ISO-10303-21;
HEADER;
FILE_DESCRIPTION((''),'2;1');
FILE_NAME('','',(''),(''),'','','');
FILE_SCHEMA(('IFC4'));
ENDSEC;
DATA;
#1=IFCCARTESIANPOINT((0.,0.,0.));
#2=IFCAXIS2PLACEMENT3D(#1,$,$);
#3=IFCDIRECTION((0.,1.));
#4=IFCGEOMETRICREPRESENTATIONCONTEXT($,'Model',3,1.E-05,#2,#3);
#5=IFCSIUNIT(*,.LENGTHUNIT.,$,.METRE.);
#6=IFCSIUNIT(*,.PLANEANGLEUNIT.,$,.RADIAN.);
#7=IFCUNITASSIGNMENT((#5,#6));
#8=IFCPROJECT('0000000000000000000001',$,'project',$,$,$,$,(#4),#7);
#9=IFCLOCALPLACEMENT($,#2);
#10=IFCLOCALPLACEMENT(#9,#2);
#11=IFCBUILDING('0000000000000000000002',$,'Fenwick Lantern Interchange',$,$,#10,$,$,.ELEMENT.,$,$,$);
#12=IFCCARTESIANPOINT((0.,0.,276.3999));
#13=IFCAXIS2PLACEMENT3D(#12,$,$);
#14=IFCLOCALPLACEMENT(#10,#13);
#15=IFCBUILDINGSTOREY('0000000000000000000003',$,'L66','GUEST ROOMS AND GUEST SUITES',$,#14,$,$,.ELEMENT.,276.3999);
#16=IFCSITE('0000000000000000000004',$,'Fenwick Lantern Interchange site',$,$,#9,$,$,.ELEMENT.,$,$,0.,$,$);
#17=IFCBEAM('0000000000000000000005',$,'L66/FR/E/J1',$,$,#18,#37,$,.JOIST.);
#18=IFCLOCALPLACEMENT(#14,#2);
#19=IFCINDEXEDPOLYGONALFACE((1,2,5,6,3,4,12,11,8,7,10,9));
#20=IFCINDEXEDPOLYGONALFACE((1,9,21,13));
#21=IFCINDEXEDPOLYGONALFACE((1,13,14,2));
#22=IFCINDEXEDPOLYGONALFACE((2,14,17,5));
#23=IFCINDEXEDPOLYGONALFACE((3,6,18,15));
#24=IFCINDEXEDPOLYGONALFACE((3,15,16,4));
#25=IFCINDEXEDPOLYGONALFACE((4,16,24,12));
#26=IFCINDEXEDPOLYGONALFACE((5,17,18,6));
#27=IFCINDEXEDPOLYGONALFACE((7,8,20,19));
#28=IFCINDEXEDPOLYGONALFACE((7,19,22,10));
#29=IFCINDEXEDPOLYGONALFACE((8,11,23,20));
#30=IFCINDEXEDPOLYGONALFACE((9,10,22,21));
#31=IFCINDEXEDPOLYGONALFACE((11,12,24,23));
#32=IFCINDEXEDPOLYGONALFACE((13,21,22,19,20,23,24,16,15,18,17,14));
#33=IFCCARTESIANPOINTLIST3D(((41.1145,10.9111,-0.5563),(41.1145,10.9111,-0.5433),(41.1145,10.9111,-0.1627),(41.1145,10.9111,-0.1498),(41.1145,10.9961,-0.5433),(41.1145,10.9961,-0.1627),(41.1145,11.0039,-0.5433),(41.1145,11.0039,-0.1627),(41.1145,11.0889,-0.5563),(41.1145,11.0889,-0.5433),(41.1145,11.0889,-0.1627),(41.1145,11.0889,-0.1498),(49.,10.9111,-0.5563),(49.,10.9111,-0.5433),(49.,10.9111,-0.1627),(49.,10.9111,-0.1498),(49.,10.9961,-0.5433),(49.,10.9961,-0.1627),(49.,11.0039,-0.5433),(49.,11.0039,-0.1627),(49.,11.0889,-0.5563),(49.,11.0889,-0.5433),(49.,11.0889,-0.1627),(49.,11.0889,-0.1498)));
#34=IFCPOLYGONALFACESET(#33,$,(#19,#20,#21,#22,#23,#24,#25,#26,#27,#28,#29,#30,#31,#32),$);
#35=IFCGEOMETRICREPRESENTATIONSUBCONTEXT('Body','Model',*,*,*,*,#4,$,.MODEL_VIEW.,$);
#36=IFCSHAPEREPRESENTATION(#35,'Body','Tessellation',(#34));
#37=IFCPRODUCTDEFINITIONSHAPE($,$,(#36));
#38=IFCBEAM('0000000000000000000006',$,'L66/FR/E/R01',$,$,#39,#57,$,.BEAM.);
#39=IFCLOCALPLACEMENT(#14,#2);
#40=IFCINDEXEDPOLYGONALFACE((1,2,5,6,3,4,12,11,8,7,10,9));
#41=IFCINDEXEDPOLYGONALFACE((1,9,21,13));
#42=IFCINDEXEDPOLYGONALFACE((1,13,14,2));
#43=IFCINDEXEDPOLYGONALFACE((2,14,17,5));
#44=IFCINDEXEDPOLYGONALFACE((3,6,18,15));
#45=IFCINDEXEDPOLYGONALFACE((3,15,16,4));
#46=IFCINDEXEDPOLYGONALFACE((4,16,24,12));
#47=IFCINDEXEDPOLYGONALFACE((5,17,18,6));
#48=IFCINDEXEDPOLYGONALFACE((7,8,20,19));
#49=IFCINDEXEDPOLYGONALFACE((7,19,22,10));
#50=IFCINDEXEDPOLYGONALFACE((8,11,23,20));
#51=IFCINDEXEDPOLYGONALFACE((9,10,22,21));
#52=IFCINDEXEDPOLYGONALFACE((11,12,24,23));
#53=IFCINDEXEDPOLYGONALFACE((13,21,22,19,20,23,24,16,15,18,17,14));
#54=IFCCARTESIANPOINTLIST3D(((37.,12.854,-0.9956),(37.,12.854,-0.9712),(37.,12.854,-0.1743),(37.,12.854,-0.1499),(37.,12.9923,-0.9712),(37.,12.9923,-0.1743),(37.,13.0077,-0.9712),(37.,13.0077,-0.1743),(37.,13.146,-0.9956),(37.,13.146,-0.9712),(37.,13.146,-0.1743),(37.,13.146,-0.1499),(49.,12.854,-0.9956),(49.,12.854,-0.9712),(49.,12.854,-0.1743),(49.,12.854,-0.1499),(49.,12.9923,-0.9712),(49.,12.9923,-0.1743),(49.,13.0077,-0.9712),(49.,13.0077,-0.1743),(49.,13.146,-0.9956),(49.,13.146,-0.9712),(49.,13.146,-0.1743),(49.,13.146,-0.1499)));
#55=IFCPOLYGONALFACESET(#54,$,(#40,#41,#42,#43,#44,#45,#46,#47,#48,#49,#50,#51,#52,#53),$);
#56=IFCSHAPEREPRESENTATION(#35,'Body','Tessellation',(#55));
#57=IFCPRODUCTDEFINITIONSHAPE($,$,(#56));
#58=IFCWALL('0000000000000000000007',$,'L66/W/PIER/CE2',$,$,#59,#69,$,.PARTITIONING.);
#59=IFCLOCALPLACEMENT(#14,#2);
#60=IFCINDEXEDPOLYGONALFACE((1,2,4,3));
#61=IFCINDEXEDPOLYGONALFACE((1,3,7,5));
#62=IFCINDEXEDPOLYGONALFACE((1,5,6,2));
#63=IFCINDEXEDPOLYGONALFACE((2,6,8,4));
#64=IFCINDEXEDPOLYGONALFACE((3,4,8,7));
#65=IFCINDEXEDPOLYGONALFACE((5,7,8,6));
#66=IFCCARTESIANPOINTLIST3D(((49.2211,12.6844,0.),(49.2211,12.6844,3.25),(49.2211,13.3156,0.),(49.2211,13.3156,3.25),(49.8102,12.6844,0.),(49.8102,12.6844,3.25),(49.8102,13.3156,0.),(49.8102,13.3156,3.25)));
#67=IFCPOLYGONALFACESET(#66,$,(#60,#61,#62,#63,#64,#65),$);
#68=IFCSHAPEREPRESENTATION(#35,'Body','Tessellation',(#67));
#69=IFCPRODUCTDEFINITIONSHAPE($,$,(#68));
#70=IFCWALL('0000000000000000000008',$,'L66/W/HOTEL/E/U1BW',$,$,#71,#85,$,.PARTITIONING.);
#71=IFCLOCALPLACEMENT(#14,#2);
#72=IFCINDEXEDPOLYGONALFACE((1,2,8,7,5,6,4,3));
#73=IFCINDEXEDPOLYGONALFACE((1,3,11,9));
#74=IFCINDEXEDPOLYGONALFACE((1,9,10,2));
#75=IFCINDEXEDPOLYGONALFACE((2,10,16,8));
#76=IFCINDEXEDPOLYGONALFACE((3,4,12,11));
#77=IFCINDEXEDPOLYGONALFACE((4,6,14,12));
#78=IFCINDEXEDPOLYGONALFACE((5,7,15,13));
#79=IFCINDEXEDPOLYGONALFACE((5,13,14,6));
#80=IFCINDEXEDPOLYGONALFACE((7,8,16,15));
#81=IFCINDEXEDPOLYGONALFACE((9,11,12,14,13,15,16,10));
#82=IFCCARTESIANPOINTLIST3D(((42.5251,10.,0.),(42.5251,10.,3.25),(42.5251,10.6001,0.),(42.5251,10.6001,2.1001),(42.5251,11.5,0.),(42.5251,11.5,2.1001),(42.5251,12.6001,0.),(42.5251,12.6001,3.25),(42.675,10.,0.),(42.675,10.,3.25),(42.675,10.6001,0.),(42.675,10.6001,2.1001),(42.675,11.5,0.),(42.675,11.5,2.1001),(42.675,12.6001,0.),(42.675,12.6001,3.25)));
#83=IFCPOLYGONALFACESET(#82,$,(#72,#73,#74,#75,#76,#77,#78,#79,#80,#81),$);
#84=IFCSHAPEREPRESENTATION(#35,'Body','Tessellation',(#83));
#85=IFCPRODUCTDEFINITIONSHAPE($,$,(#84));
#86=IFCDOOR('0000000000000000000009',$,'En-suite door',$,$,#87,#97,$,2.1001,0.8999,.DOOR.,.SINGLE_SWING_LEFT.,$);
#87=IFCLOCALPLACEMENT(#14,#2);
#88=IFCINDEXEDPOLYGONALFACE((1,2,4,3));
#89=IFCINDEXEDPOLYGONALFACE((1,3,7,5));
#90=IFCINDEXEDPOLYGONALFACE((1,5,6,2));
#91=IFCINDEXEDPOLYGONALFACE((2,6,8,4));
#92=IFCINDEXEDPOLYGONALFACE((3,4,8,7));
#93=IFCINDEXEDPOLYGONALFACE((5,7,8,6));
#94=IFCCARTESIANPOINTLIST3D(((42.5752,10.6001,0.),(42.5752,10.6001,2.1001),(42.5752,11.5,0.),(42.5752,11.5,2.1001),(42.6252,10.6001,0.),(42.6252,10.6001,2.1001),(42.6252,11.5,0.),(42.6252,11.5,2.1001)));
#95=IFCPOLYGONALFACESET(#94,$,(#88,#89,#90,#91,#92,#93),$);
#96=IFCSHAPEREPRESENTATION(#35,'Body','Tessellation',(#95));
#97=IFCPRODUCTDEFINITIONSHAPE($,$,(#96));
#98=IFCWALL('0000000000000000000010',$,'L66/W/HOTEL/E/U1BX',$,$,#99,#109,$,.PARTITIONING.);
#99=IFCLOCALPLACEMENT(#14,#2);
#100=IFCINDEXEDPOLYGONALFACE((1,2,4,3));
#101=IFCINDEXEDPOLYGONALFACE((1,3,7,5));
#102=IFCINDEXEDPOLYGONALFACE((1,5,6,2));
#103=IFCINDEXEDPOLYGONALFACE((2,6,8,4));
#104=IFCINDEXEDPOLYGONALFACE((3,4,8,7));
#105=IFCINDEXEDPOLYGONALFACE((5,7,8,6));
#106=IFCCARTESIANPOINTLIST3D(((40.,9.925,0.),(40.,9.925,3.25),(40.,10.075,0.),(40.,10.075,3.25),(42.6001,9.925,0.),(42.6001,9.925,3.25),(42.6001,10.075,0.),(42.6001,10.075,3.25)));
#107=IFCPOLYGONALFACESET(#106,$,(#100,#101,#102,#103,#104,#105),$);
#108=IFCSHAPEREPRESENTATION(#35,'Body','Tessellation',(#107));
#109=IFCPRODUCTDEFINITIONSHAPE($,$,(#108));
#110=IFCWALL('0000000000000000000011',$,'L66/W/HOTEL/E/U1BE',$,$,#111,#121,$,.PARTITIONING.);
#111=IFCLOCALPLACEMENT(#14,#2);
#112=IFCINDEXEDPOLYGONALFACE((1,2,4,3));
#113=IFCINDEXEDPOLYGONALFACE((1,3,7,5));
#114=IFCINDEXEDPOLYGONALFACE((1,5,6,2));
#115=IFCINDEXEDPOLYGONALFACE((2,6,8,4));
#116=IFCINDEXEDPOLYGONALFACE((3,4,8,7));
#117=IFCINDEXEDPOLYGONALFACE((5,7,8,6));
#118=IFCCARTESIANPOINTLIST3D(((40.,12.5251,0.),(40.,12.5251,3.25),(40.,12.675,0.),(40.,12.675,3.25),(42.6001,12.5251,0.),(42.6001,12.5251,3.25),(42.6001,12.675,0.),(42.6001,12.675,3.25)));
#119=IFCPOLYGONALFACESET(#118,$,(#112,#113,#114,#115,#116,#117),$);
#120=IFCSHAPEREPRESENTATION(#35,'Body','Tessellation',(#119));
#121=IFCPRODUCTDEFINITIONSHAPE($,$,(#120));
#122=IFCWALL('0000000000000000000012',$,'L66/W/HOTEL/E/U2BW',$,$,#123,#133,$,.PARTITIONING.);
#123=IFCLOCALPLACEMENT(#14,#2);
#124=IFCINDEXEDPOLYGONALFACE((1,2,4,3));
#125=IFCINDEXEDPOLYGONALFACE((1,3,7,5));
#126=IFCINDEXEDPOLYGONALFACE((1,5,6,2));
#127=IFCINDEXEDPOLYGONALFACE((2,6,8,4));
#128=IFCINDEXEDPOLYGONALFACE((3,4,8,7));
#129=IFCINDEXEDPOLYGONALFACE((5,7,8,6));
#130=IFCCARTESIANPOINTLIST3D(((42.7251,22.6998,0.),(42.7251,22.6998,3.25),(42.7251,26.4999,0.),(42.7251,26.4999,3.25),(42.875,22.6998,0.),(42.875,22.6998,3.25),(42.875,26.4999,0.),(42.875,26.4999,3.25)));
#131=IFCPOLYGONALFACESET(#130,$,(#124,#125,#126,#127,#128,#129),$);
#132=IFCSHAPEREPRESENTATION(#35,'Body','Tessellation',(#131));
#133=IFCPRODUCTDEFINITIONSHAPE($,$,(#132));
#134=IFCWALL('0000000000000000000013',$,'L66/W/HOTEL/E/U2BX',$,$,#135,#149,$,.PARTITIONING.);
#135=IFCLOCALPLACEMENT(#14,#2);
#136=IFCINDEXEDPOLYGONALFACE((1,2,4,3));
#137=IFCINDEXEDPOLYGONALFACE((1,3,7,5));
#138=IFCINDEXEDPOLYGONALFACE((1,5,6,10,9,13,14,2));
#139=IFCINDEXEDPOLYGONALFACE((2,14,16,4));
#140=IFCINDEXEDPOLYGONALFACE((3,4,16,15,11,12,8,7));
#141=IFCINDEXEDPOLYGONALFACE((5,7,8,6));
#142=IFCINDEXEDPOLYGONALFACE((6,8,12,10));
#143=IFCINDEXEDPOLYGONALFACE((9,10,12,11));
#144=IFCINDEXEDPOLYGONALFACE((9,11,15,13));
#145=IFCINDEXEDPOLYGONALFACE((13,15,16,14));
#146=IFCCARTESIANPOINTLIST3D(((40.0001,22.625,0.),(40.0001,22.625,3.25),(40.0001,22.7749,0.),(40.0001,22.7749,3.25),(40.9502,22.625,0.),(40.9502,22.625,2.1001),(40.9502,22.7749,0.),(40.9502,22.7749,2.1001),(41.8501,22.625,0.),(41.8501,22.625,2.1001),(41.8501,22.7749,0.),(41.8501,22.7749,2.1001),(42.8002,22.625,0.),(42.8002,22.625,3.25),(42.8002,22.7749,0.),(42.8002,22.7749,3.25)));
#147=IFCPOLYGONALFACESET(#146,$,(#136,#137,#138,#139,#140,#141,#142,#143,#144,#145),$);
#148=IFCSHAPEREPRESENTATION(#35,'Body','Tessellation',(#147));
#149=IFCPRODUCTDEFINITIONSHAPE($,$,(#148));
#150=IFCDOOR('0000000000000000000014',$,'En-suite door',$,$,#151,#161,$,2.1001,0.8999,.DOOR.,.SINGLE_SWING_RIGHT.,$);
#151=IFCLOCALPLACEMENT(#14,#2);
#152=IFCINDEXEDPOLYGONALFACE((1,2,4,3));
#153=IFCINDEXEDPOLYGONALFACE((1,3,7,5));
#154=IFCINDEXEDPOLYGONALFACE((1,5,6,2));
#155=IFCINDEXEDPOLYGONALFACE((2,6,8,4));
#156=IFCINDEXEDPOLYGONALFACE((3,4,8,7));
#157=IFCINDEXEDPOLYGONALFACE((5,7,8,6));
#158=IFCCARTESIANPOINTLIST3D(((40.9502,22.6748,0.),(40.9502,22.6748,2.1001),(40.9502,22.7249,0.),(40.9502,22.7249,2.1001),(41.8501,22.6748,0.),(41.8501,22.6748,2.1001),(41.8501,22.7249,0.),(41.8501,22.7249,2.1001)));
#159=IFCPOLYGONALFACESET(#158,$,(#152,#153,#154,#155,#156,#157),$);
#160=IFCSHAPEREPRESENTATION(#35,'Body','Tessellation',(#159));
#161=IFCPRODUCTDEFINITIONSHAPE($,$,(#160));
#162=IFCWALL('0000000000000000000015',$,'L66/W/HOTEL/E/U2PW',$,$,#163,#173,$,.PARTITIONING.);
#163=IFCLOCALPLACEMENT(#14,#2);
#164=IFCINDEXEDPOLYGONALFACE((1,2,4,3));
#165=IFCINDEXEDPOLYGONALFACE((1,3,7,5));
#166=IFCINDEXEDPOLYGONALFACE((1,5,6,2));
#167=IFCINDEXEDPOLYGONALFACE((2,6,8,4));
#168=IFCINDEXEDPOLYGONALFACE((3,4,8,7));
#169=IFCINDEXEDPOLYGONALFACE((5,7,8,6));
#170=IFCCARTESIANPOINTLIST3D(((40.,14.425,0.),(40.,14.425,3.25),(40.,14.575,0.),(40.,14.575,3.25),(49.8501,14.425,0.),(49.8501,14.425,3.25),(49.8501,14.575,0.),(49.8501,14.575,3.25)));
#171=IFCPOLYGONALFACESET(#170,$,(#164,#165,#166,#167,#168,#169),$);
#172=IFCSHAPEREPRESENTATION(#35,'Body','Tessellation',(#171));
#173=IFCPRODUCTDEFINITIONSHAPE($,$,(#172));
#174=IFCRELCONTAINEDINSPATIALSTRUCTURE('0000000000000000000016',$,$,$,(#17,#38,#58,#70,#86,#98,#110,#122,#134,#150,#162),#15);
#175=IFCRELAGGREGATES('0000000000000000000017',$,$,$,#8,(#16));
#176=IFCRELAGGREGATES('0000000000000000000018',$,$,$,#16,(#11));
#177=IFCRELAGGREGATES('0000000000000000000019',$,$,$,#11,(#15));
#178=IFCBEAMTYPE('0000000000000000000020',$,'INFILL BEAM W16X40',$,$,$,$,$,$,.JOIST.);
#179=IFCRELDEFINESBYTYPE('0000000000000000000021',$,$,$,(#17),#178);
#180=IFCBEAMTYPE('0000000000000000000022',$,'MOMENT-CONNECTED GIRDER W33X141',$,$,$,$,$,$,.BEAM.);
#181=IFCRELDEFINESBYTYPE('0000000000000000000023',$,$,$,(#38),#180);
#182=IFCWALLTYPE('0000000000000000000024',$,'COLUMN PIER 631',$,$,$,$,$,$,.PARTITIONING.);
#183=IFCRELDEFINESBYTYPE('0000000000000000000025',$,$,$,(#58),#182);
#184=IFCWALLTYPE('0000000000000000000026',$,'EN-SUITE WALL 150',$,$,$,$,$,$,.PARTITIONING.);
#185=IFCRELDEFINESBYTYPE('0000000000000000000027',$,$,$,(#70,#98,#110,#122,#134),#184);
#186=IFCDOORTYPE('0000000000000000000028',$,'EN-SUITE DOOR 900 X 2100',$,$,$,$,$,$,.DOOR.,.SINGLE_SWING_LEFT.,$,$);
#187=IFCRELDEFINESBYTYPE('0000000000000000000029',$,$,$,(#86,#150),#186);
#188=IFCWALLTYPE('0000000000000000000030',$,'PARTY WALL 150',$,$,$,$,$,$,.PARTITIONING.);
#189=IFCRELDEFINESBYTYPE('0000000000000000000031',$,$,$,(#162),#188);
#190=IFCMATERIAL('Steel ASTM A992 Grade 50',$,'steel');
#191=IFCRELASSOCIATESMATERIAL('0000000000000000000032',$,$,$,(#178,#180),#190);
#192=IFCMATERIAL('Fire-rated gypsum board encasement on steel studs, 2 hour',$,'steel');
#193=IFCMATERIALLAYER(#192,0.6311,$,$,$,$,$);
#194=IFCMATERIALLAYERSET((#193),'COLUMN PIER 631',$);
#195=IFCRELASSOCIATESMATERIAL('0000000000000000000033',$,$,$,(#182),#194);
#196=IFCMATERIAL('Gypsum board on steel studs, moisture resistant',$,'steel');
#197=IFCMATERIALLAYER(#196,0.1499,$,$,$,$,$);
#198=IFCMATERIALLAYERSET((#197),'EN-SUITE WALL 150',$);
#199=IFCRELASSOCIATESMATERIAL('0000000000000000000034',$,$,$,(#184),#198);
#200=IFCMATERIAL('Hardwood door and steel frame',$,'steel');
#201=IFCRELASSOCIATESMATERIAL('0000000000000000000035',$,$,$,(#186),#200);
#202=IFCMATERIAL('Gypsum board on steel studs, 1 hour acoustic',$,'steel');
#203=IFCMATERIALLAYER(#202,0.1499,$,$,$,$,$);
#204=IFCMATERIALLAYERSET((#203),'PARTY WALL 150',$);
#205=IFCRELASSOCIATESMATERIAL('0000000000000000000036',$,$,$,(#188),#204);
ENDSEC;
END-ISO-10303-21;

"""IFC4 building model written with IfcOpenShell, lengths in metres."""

from ifc_helpers import new_model, si_unit, direction, frame, frame_2d, origin, origin_2d, place, context, subcontext, project, spatial, rectangle, i_section, extrude, material, layer, layer_set, material_profile, profile_set, type_object, element, fill, save


model = new_model("IFC4")

# Units and contexts
model_context = context("Model", 3, precision=1e-05, world=origin(), true_north=direction((0.0, 1.0)))
body_context = subcontext(model_context, "Body", "Model", "MODEL_VIEW")
ifc_project = project(units=[si_unit("LENGTHUNIT", "METRE"), si_unit("PLANEANGLEUNIT", "RADIAN")], contexts=[model_context])

# Site, building, storey
site_placement = place(None, origin())
site = spatial("IfcSite", under=ifc_project, at=site_placement, Name="Fenwick Lantern Interchange site", CompositionType="ELEMENT", RefElevation=0.0)
building_placement = place(site_placement, origin())
building = spatial("IfcBuilding", under=site, at=building_placement, Name="Fenwick Lantern Interchange", CompositionType="ELEMENT")
storey_placement = place(building_placement, frame((0.0, 0.0, 276.3999)))
storey = spatial("IfcBuildingStorey", under=building, at=storey_placement, Name="L66", Description="GUEST ROOMS AND GUEST SUITES", CompositionType="ELEMENT", Elevation=276.3999)

# Shared definitions
ifc_material_1 = material(Name="Steel ASTM A992 Grade 50", Category="steel")

# Beams
ifc_material_profile_1 = material_profile(ifc_material_1, i_section(OverallWidth=0.1777, OverallDepth=0.4065, WebThickness=0.0078, FlangeThickness=0.0129, at=origin_2d()), Name="W16X40")
ifc_profile_set_1 = profile_set([ifc_material_profile_1], Name="Steel ASTM A992 Grade 50")
beam_type_1 = type_object("IfcBeamType", Name="INFILL BEAM W16X40", PredefinedType="JOIST", material=ifc_profile_set_1)
beam_1_placement = place(storey_placement, frame((49.0, 11.0, -0.353), z_axis=(-1.0, 0.0, 0.0), x_axis=(0.0, -1.0, 0.0)))
element("IfcBeam", 1, at=beam_1_placement, inside=storey, type_object=beam_type_1, Name="L66/FR/E/J1", PredefinedType="JOIST", context=body_context, shape_type="SweptSolid", body=[
    extrude(i_section(OverallWidth=0.1777, OverallDepth=0.4065, WebThickness=0.0078, FlangeThickness=0.0129, at=origin_2d()), origin(), (0.0, 0.0, 1.0), 7.8855),
])
ifc_material_profile_2 = material_profile(ifc_material_1, i_section(OverallWidth=0.292, OverallDepth=0.8457, WebThickness=0.0154, FlangeThickness=0.0244, at=origin_2d()), Name="W33X141")
ifc_profile_set_2 = profile_set([ifc_material_profile_2], Name="Steel ASTM A992 Grade 50")
beam_type_2 = type_object("IfcBeamType", Name="MOMENT-CONNECTED GIRDER W33X141", PredefinedType="BEAM", material=ifc_profile_set_2)
beam_2_placement = place(storey_placement, frame((49.0, 13.0, -0.5728), z_axis=(-1.0, 0.0, 0.0), x_axis=(0.0, -1.0, 0.0)))
element("IfcBeam", 2, at=beam_2_placement, inside=storey, type_object=beam_type_2, Name="L66/FR/E/R01", PredefinedType="BEAM", context=body_context, shape_type="SweptSolid", body=[
    extrude(i_section(OverallWidth=0.292, OverallDepth=0.8457, WebThickness=0.0154, FlangeThickness=0.0244, at=origin_2d()), origin(), (0.0, 0.0, 1.0), 12.0),
])

# Wall
ifc_material_2 = material(Name="Fire-rated gypsum board encasement on steel studs, 2 hour", Category="steel")
ifc_layer_1 = layer(ifc_material_2, 0.6311)
ifc_layer_set_1 = layer_set([ifc_layer_1], Name="COLUMN PIER 631")
wall_type_1 = type_object("IfcWallType", Name="COLUMN PIER 631", PredefinedType="PARTITIONING", material=ifc_layer_set_1)
wall_1_placement = place(storey_placement, frame((49.8101, 13.0, 0.0), z_axis=(0.0, 0.0, 1.0), x_axis=(-1.0, 0.0, 0.0)))
element("IfcWall", 3, at=wall_1_placement, inside=storey, type_object=wall_type_1, Name="L66/W/PIER/CE2", PredefinedType="PARTITIONING", context=body_context, shape_type="SweptSolid", body=[
    extrude(rectangle(XDim=0.5891, YDim=0.6311, at=frame_2d((0.2944, 0.0))), origin(), (0.0, 0.0, 1.0), 3.25),
])

# Wall, opening, door
ifc_material_3 = material(Name="Gypsum board on steel studs, moisture resistant", Category="steel")
ifc_layer_2 = layer(ifc_material_3, 0.1499)
ifc_layer_set_2 = layer_set([ifc_layer_2], Name="EN-SUITE WALL 150")
wall_type_2 = type_object("IfcWallType", Name="EN-SUITE WALL 150", PredefinedType="PARTITIONING", material=ifc_layer_set_2)
wall_2_placement = place(storey_placement, frame((42.6001, 10.0, 0.0), z_axis=(0.0, 0.0, 1.0), x_axis=(0.0, 1.0, 0.0)))
wall_2 = element("IfcWall", 4, at=wall_2_placement, inside=storey, type_object=wall_type_2, Name="L66/W/HOTEL/E/U1BW", PredefinedType="PARTITIONING", context=body_context, shape_type="SweptSolid", body=[
    extrude(rectangle(XDim=2.6001, YDim=0.1499, at=frame_2d((1.3, 0.0))), origin(), (0.0, 0.0, 1.0), 3.25),
])
opening_1_placement = place(wall_2_placement, frame((0.6001, 0.0, 0.0)))
opening_1 = element("IfcOpeningElement", 5, at=opening_1_placement, cuts=wall_2, PredefinedType="OPENING", context=body_context, shape_type="SweptSolid", body=[
    extrude(rectangle(XDim=0.8999, YDim=2.1001, at=frame_2d((0.45, 1.05))), frame((0.0, 0.085, 0.0), z_axis=(0.0, -1.0, 0.0), x_axis=(1.0, 0.0, 0.0)), (0.0, 0.0, 1.0), 0.1699),
])
ifc_material_4 = material(Name="Hardwood door and steel frame", Category="steel")
door_type = type_object("IfcDoorType", Name="EN-SUITE DOOR 900 X 2100", OperationType="SINGLE_SWING_LEFT", PredefinedType="DOOR", material=ifc_material_4)
door_1_placement = place(opening_1_placement, origin())
door_1 = element("IfcDoor", 6, at=door_1_placement, inside=storey, type_object=door_type, Name="En-suite door", OperationType="SINGLE_SWING_LEFT", OverallHeight=2.1001, OverallWidth=0.8999, PredefinedType="DOOR", context=body_context, shape_type="SweptSolid", body=[
    extrude(rectangle(XDim=0.8999, YDim=2.1001, at=frame_2d((0.45, 1.05))), frame((0.0, 0.0249, 0.0), z_axis=(0.0, -1.0, 0.0), x_axis=(1.0, 0.0, 0.0)), (0.0, 0.0, 1.0), 0.05),
])
fill(opening_1, door_1)

# Walls
for number, where, z_axis, x_axis, name in (
    (7, (42.6001, 10.0, 0.0), (0.0, 0.0, 1.0), (-1.0, 0.0, 0.0), "L66/W/HOTEL/E/U1BX"),
    (8, (42.6001, 12.6001, 0.0), (0.0, 0.0, 1.0), (-1.0, 0.0, 0.0), "L66/W/HOTEL/E/U1BE"),
):
    element("IfcWall", number, at=place(storey_placement, frame(where, z_axis=z_axis, x_axis=x_axis)), inside=storey, type_object=wall_type_2, Name=name, PredefinedType="PARTITIONING", context=body_context, shape_type="SweptSolid", body=[
        extrude(rectangle(XDim=2.6001, YDim=0.1499, at=frame_2d((1.3, 0.0))), origin(), (0.0, 0.0, 1.0), 3.25),
    ])
wall_3_placement = place(storey_placement, frame((42.8, 22.7, 0.0), z_axis=(0.0, 0.0, 1.0), x_axis=(0.0, 1.0, 0.0)))
element("IfcWall", 9, at=wall_3_placement, inside=storey, type_object=wall_type_2, Name="L66/W/HOTEL/E/U2BW", PredefinedType="PARTITIONING", context=body_context, shape_type="SweptSolid", body=[
    extrude(rectangle(XDim=3.8, YDim=0.1499, at=frame_2d((1.8999, 0.0))), origin(), (0.0, 0.0, 1.0), 3.25),
])

# Wall, opening, door
wall_4_placement = place(storey_placement, frame((42.8, 22.7, 0.0), z_axis=(0.0, 0.0, 1.0), x_axis=(-1.0, 0.0, 0.0)))
wall_4 = element("IfcWall", 10, at=wall_4_placement, inside=storey, type_object=wall_type_2, Name="L66/W/HOTEL/E/U2BX", PredefinedType="PARTITIONING", context=body_context, shape_type="SweptSolid", body=[
    extrude(rectangle(XDim=2.8, YDim=0.1499, at=frame_2d((1.3999, 0.0))), origin(), (0.0, 0.0, 1.0), 3.25),
])
opening_2_placement = place(wall_4_placement, frame((0.95, 0.0, 0.0)))
opening_2 = element("IfcOpeningElement", 11, at=opening_2_placement, cuts=wall_4, PredefinedType="OPENING", context=body_context, shape_type="SweptSolid", body=[
    extrude(rectangle(XDim=0.8999, YDim=2.1001, at=frame_2d((0.45, 1.05))), frame((0.0, 0.085, 0.0), z_axis=(0.0, -1.0, 0.0), x_axis=(1.0, 0.0, 0.0)), (0.0, 0.0, 1.0), 0.1699),
])
door_2_placement = place(opening_2_placement, frame((0.8999, 0.0, 0.0), z_axis=(0.0, 0.0, 1.0), x_axis=(-1.0, 0.0, 0.0)))
door_2 = element("IfcDoor", 12, at=door_2_placement, inside=storey, type_object=door_type, Name="En-suite door", OperationType="SINGLE_SWING_RIGHT", OverallHeight=2.1001, OverallWidth=0.8999, PredefinedType="DOOR", context=body_context, shape_type="SweptSolid", body=[
    extrude(rectangle(XDim=0.8999, YDim=2.1001, at=frame_2d((0.45, 1.05))), frame((0.0, 0.0249, 0.0), z_axis=(0.0, -1.0, 0.0), x_axis=(1.0, 0.0, 0.0)), (0.0, 0.0, 1.0), 0.05),
])
fill(opening_2, door_2)

# Wall
ifc_material_5 = material(Name="Gypsum board on steel studs, 1 hour acoustic", Category="steel")
ifc_layer_3 = layer(ifc_material_5, 0.1499)
ifc_layer_set_3 = layer_set([ifc_layer_3], Name="PARTY WALL 150")
wall_type_3 = type_object("IfcWallType", Name="PARTY WALL 150", PredefinedType="PARTITIONING", material=ifc_layer_set_3)
wall_5_placement = place(storey_placement, frame((49.8501, 14.5, 0.0), z_axis=(0.0, 0.0, 1.0), x_axis=(-1.0, 0.0, 0.0)))
element("IfcWall", 13, at=wall_5_placement, inside=storey, type_object=wall_type_3, Name="L66/W/HOTEL/E/U2PW", PredefinedType="PARTITIONING", context=body_context, shape_type="SweptSolid", body=[
    extrude(rectangle(XDim=9.8501, YDim=0.1499, at=frame_2d((4.925, 0.0))), origin(), (0.0, 0.0, 1.0), 3.25),
])

save(model, "model.ifc")
